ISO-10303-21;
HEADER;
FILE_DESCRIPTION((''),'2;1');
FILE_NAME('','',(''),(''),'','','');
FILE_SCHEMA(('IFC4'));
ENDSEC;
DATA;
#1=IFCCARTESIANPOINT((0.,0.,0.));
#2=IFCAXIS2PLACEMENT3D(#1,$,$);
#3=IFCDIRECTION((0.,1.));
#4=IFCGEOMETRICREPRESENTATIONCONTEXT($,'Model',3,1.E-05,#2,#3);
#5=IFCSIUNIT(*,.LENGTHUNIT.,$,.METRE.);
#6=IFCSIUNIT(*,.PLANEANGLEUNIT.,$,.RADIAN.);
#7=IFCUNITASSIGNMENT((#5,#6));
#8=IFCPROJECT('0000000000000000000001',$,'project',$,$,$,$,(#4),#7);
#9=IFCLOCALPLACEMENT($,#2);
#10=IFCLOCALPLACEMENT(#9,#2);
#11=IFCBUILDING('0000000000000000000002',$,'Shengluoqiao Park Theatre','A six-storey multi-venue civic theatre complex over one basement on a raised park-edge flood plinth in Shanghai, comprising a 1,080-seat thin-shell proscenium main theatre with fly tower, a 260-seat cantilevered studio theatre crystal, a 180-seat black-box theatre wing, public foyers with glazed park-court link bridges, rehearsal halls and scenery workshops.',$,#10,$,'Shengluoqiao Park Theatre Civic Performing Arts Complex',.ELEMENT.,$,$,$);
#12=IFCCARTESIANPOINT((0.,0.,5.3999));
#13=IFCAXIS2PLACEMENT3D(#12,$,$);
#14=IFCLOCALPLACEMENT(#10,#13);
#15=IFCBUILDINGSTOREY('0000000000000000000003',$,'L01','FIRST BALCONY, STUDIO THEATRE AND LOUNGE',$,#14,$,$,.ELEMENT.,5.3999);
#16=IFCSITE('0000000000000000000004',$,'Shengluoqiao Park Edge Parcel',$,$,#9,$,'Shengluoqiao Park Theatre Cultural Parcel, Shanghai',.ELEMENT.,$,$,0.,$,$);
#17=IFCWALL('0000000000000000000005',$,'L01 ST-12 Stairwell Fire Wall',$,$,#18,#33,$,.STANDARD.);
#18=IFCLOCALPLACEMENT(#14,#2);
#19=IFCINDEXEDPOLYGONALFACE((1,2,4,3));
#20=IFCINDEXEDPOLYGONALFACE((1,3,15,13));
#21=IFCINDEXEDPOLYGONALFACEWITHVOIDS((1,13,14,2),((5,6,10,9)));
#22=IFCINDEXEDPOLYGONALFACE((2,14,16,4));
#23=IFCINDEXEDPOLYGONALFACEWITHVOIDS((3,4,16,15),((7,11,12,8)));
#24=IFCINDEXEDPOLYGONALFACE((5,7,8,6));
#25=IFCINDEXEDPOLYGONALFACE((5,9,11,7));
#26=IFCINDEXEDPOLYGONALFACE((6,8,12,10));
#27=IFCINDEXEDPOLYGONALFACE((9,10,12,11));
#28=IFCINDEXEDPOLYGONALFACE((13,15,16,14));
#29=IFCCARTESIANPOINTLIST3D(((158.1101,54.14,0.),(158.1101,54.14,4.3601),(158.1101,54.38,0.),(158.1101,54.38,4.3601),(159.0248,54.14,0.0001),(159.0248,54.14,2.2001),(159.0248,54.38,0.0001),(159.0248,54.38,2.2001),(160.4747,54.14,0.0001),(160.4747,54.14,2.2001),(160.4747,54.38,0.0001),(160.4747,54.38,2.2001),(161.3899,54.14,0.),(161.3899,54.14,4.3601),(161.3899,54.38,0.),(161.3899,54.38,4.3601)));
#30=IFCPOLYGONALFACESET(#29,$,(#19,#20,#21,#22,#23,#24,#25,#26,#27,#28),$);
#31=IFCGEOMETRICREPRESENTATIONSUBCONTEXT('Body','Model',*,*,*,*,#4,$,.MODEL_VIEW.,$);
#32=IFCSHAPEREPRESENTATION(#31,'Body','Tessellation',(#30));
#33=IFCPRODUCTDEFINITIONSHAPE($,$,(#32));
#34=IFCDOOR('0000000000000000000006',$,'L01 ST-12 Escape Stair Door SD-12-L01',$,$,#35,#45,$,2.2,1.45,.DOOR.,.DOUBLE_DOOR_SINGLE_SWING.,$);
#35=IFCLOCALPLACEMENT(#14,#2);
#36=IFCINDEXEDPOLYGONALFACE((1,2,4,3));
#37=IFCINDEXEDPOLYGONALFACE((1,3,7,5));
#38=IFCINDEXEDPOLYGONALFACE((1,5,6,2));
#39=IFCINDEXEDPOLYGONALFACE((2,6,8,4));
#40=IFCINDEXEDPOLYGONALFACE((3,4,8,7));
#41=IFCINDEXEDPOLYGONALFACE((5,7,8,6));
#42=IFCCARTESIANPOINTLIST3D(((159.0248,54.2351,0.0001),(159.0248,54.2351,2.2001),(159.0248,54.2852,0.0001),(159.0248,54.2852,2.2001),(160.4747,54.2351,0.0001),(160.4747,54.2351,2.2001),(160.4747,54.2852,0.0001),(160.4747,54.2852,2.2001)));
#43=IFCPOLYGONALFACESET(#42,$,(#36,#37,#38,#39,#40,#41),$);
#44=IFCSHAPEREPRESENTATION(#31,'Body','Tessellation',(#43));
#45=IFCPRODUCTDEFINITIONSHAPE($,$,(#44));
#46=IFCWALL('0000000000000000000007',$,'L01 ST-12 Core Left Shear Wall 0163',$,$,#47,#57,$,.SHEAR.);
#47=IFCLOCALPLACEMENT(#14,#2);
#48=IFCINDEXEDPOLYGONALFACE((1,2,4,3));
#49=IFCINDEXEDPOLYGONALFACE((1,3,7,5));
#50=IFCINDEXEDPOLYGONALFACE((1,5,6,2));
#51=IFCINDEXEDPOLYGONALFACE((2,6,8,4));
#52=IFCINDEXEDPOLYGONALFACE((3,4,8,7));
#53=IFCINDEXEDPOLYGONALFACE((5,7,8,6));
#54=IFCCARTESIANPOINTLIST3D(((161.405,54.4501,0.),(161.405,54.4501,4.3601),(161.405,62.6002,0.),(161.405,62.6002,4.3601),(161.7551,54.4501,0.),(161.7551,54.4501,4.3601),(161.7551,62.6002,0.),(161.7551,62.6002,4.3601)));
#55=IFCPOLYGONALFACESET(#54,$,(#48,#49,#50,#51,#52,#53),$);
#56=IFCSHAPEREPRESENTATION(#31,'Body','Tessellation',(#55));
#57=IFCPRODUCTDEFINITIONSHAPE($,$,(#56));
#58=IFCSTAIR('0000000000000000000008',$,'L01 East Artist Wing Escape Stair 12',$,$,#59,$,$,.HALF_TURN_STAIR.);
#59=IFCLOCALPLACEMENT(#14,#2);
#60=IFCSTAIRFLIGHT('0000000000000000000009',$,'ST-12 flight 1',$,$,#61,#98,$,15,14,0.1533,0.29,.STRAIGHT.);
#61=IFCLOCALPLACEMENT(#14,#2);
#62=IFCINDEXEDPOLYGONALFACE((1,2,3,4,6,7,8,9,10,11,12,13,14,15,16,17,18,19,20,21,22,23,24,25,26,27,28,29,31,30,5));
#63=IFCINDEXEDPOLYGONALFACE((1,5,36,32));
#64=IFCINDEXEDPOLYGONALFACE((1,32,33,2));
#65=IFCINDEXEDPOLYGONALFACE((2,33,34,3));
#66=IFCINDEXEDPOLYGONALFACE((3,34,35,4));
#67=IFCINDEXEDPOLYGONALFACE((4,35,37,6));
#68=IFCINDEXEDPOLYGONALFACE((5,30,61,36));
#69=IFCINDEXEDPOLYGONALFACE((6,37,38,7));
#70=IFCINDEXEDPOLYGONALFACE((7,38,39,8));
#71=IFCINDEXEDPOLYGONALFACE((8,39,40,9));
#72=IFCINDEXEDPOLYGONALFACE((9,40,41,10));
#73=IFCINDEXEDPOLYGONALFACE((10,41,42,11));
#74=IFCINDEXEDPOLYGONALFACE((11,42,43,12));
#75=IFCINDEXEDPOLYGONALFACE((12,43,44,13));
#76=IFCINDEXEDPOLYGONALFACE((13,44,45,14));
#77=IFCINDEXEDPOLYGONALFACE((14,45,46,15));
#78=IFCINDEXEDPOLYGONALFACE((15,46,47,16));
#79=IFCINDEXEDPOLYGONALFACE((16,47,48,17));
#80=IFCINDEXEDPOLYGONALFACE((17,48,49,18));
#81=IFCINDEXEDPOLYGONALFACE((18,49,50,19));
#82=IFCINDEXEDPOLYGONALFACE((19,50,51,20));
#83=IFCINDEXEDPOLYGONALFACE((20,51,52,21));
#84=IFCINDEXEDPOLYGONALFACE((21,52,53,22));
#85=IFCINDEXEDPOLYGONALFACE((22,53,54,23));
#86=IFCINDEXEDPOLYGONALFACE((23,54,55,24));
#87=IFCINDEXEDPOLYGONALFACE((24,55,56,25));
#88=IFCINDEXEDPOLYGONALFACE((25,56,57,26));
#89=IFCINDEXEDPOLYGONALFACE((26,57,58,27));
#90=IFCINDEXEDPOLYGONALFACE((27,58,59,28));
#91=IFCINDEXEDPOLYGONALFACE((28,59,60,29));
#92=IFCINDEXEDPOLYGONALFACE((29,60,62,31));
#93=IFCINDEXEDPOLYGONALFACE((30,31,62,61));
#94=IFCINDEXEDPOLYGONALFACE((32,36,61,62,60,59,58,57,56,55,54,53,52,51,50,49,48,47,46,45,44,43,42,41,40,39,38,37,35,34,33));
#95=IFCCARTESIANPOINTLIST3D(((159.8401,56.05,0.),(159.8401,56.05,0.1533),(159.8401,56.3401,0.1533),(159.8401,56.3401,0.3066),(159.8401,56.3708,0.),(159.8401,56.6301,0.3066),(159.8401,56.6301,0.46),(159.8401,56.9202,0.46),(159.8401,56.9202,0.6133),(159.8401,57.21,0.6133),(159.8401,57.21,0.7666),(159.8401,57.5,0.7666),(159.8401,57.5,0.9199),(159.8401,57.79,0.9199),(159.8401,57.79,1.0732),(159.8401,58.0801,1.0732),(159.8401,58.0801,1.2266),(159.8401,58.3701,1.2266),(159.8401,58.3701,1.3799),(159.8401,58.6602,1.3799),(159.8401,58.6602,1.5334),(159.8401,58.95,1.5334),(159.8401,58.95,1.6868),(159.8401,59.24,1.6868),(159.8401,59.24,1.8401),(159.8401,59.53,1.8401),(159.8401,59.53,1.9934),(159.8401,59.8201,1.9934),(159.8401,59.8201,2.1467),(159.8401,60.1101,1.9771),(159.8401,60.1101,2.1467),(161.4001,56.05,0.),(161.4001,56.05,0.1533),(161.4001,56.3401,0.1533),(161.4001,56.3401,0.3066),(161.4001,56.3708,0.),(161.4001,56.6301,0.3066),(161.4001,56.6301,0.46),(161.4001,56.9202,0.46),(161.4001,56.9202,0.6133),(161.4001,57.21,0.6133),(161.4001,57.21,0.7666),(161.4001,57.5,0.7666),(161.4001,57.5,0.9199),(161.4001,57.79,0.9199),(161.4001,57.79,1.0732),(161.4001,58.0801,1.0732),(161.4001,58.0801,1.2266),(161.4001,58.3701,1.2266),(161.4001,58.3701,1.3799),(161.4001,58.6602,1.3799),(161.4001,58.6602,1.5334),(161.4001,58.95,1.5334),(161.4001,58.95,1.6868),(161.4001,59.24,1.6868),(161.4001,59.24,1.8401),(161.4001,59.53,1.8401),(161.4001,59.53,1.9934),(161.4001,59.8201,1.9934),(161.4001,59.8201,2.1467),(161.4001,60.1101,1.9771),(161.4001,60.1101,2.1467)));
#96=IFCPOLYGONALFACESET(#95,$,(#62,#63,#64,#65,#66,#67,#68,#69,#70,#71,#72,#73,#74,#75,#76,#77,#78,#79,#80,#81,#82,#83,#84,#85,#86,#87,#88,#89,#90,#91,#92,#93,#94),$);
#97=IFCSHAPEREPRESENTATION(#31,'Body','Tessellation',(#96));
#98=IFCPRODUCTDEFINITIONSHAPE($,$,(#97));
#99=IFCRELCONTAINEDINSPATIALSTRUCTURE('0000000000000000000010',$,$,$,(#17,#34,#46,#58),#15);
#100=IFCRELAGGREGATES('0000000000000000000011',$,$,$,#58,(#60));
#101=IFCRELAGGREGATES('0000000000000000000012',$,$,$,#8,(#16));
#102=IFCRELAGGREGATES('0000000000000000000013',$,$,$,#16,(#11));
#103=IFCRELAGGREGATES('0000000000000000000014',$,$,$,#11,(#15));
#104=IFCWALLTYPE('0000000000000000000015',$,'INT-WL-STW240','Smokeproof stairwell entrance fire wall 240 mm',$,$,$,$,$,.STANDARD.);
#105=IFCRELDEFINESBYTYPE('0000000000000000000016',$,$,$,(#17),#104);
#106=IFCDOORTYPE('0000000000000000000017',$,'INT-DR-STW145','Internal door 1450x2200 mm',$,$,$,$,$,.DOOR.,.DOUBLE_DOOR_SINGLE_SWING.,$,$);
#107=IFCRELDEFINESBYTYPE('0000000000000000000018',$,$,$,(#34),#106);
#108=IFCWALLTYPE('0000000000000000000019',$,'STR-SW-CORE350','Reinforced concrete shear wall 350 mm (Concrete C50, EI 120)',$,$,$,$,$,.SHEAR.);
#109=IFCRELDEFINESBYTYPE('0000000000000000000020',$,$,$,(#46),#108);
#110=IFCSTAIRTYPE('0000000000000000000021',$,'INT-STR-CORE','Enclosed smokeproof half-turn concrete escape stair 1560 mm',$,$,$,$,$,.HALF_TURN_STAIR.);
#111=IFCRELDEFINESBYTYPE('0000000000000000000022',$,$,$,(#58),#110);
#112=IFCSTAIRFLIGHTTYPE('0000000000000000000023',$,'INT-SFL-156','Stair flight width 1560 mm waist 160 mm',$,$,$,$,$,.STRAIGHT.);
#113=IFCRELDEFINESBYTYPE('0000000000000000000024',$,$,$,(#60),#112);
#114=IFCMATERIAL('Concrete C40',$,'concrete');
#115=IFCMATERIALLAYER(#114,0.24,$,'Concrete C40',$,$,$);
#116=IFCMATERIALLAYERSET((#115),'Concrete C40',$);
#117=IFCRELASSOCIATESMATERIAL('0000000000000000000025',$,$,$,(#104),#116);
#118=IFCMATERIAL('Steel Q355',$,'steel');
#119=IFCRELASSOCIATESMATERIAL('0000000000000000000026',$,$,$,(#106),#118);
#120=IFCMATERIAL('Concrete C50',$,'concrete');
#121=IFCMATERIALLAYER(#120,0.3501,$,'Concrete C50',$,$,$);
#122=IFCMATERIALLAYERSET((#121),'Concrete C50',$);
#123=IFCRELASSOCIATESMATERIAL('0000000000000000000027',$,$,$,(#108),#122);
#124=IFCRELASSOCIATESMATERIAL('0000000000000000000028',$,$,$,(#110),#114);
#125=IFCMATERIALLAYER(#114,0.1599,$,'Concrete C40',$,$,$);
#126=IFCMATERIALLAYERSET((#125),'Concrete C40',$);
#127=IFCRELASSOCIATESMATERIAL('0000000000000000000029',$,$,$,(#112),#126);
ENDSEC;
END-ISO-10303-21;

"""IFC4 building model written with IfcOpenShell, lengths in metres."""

from ifc_helpers import new_model, si_unit, direction, frame, frame_2d, origin, place, context, subcontext, project, spatial, polyline, rectangle, outline, extrude, material, layer, layer_set, type_object, element, fill, aggregate, save


model = new_model("IFC4")

# Units and contexts
model_context = context("Model", 3, precision=1e-05, world=origin(), true_north=direction((0.0, 1.0)))
body_context = subcontext(model_context, "Body", "Model", "MODEL_VIEW")
ifc_project = project(units=[si_unit("LENGTHUNIT", "METRE"), si_unit("PLANEANGLEUNIT", "RADIAN")], contexts=[model_context])

# Site, building, storey
site_placement = place(None, origin())
site = spatial("IfcSite", under=ifc_project, at=site_placement, Name="Shengluoqiao Park Edge Parcel", LongName="Shengluoqiao Park Theatre Cultural Parcel, Shanghai", CompositionType="ELEMENT", RefElevation=0.0)
building_placement = place(site_placement, origin())
building = spatial("IfcBuilding", under=site, at=building_placement, Name="Shengluoqiao Park Theatre", Description="A six-storey multi-venue civic theatre complex over one basement on a raised park-edge flood plinth in Shanghai, comprising a 1,080-seat thin-shell proscenium main theatre with fly tower, a 260-seat cantilevered studio theatre crystal, a 180-seat black-box theatre wing, public foyers with glazed park-court link bridges, rehearsal halls and scenery workshops.", LongName="Shengluoqiao Park Theatre Civic Performing Arts Complex", CompositionType="ELEMENT")
storey_placement = place(building_placement, frame((0.0, 0.0, 5.3999)))
storey = spatial("IfcBuildingStorey", under=building, at=storey_placement, Name="L01", Description="FIRST BALCONY, STUDIO THEATRE AND LOUNGE", CompositionType="ELEMENT", Elevation=5.3999)

# Shared definitions
ifc_material_1 = material(Name="Concrete C40", Category="concrete")

# Shared definitions
ifc_material_2 = material(Name="Steel Q355", Category="steel")

# Wall, opening, door
ifc_layer_1 = layer(ifc_material_1, 0.24, Name="Concrete C40")
ifc_layer_set_1 = layer_set([ifc_layer_1], Name="Concrete C40")
wall_type_1 = type_object("IfcWallType", Name="INT-WL-STW240", Description="Smokeproof stairwell entrance fire wall 240 mm", PredefinedType="STANDARD", material=ifc_layer_set_1)
wall_1_placement = place(storey_placement, frame((161.3899, 54.26, 0.0), z_axis=(0.0, 0.0, 1.0), x_axis=(-1.0, 0.0, 0.0)))
wall_1 = element("IfcWall", 1, at=wall_1_placement, inside=storey, type_object=wall_type_1, Name="L01 ST-12 Stairwell Fire Wall", PredefinedType="STANDARD", context=body_context, shape_type="SweptSolid", body=[
    extrude(rectangle(XDim=3.2798, YDim=0.24, at=frame_2d((1.6399, 0.0))), origin(), (0.0, 0.0, 1.0), 4.3601),
])
opening_1_placement = place(wall_1_placement, frame((0.915, 0.0, 0.0)))
opening_1 = element("IfcOpeningElement", 2, at=opening_1_placement, cuts=wall_1, PredefinedType="OPENING", context=body_context, shape_type="SweptSolid", body=[
    extrude(rectangle(XDim=1.45, YDim=2.2, at=frame_2d((0.7251, 1.1001))), frame((0.0, 0.1299, 0.0), z_axis=(0.0, -1.0, 0.0), x_axis=(1.0, 0.0, 0.0)), (0.0, 0.0, 1.0), 0.26),
])
door_type = type_object("IfcDoorType", Name="INT-DR-STW145", Description="Internal door 1450x2200 mm", OperationType="DOUBLE_DOOR_SINGLE_SWING", PredefinedType="DOOR", material=ifc_material_2)
door_placement = place(opening_1_placement, origin())
door = element("IfcDoor", 3, at=door_placement, inside=storey, type_object=door_type, Name="L01 ST-12 Escape Stair Door SD-12-L01", OperationType="DOUBLE_DOOR_SINGLE_SWING", OverallHeight=2.2, OverallWidth=1.45, PredefinedType="DOOR", context=body_context, shape_type="SweptSolid", body=[
    extrude(rectangle(XDim=1.45, YDim=2.2, at=frame_2d((0.7251, 1.1001))), frame((0.0, 0.0249, 0.0), z_axis=(0.0, -1.0, 0.0), x_axis=(1.0, 0.0, 0.0)), (0.0, 0.0, 1.0), 0.05),
])
fill(opening_1, door)

# Wall
ifc_material_3 = material(Name="Concrete C50", Category="concrete")
ifc_layer_2 = layer(ifc_material_3, 0.3501, Name="Concrete C50")
ifc_layer_set_2 = layer_set([ifc_layer_2], Name="Concrete C50")
wall_type_2 = type_object("IfcWallType", Name="STR-SW-CORE350", Description="Reinforced concrete shear wall 350 mm (Concrete C50, EI 120)", PredefinedType="SHEAR", material=ifc_layer_set_2)
wall_2_placement = place(storey_placement, frame((161.5801, 54.45, 0.0), z_axis=(0.0, 0.0, 1.0), x_axis=(0.0, 1.0, 0.0)))
element("IfcWall", 4, at=wall_2_placement, inside=storey, type_object=wall_type_2, Name="L01 ST-12 Core Left Shear Wall 0163", PredefinedType="SHEAR", context=body_context, shape_type="SweptSolid", body=[
    extrude(rectangle(XDim=8.1501, YDim=0.3501, at=frame_2d((4.0752, 0.0))), origin(), (0.0, 0.0, 1.0), 4.3601),
])

# Stair, stair flight
stair_type = type_object("IfcStairType", Name="INT-STR-CORE", Description="Enclosed smokeproof half-turn concrete escape stair 1560 mm", PredefinedType="HALF_TURN_STAIR", material=ifc_material_1)
stair_placement = place(storey_placement, origin())
stair = element("IfcStair", 5, at=stair_placement, inside=storey, type_object=stair_type, Name="L01 East Artist Wing Escape Stair 12", PredefinedType="HALF_TURN_STAIR")
ifc_layer_3 = layer(ifc_material_1, 0.1599, Name="Concrete C40")
ifc_layer_set_3 = layer_set([ifc_layer_3], Name="Concrete C40")
stair_flight_type = type_object("IfcStairFlightType", Name="INT-SFL-156", Description="Stair flight width 1560 mm waist 160 mm", PredefinedType="STRAIGHT", material=ifc_layer_set_3)
stair_flight_placement = place(storey_placement, frame((160.6201, 56.05, 0.0), z_axis=(0.0, 0.0, 1.0), x_axis=(0.0, 1.0, 0.0)))
stair_flight = element("IfcStairFlight", 6, at=stair_flight_placement, type_object=stair_flight_type, Name="ST-12 flight 1", NumberOfRisers=15, NumberOfTreads=14, PredefinedType="STRAIGHT", RiserHeight=0.1533, TreadLength=0.29, context=body_context, shape_type="SweptSolid", body=[
    extrude(outline(polyline([(0.0, 0.0), (0.0, 0.1533), (0.29, 0.1533), (0.29, 0.3066), (0.5801, 0.3066), (0.5801, 0.46), (0.8701, 0.46), (0.8701, 0.6133), (1.1599, 0.6133), (1.1599, 0.7666), (1.45, 0.7666), (1.45, 0.9199), (1.74, 0.9199), (1.74, 1.0732), (2.03, 1.0732), (2.03, 1.2266), (2.3201, 1.2266), (2.3201, 1.3799), (2.6101, 1.3799), (2.6101, 1.5334), (2.8999, 1.5334), (2.8999, 1.6868), (3.1899, 1.6868), (3.1899, 1.8401), (3.48, 1.8401), (3.48, 1.9934), (3.77, 1.9934), (3.77, 2.1467), (4.0601, 2.1467), (4.0601, 2.3), (4.0601, 1.9771), (0.3208, 0.0), (0.0, 0.0)])), frame((0.0, 0.78, 0.0), z_axis=(0.0, -1.0, 0.0), x_axis=(1.0, 0.0, 0.0)), (0.0, 0.0, 1.0), 1.5601),
])
aggregate(stair, [stair_flight])

save(model, "model.ifc")
